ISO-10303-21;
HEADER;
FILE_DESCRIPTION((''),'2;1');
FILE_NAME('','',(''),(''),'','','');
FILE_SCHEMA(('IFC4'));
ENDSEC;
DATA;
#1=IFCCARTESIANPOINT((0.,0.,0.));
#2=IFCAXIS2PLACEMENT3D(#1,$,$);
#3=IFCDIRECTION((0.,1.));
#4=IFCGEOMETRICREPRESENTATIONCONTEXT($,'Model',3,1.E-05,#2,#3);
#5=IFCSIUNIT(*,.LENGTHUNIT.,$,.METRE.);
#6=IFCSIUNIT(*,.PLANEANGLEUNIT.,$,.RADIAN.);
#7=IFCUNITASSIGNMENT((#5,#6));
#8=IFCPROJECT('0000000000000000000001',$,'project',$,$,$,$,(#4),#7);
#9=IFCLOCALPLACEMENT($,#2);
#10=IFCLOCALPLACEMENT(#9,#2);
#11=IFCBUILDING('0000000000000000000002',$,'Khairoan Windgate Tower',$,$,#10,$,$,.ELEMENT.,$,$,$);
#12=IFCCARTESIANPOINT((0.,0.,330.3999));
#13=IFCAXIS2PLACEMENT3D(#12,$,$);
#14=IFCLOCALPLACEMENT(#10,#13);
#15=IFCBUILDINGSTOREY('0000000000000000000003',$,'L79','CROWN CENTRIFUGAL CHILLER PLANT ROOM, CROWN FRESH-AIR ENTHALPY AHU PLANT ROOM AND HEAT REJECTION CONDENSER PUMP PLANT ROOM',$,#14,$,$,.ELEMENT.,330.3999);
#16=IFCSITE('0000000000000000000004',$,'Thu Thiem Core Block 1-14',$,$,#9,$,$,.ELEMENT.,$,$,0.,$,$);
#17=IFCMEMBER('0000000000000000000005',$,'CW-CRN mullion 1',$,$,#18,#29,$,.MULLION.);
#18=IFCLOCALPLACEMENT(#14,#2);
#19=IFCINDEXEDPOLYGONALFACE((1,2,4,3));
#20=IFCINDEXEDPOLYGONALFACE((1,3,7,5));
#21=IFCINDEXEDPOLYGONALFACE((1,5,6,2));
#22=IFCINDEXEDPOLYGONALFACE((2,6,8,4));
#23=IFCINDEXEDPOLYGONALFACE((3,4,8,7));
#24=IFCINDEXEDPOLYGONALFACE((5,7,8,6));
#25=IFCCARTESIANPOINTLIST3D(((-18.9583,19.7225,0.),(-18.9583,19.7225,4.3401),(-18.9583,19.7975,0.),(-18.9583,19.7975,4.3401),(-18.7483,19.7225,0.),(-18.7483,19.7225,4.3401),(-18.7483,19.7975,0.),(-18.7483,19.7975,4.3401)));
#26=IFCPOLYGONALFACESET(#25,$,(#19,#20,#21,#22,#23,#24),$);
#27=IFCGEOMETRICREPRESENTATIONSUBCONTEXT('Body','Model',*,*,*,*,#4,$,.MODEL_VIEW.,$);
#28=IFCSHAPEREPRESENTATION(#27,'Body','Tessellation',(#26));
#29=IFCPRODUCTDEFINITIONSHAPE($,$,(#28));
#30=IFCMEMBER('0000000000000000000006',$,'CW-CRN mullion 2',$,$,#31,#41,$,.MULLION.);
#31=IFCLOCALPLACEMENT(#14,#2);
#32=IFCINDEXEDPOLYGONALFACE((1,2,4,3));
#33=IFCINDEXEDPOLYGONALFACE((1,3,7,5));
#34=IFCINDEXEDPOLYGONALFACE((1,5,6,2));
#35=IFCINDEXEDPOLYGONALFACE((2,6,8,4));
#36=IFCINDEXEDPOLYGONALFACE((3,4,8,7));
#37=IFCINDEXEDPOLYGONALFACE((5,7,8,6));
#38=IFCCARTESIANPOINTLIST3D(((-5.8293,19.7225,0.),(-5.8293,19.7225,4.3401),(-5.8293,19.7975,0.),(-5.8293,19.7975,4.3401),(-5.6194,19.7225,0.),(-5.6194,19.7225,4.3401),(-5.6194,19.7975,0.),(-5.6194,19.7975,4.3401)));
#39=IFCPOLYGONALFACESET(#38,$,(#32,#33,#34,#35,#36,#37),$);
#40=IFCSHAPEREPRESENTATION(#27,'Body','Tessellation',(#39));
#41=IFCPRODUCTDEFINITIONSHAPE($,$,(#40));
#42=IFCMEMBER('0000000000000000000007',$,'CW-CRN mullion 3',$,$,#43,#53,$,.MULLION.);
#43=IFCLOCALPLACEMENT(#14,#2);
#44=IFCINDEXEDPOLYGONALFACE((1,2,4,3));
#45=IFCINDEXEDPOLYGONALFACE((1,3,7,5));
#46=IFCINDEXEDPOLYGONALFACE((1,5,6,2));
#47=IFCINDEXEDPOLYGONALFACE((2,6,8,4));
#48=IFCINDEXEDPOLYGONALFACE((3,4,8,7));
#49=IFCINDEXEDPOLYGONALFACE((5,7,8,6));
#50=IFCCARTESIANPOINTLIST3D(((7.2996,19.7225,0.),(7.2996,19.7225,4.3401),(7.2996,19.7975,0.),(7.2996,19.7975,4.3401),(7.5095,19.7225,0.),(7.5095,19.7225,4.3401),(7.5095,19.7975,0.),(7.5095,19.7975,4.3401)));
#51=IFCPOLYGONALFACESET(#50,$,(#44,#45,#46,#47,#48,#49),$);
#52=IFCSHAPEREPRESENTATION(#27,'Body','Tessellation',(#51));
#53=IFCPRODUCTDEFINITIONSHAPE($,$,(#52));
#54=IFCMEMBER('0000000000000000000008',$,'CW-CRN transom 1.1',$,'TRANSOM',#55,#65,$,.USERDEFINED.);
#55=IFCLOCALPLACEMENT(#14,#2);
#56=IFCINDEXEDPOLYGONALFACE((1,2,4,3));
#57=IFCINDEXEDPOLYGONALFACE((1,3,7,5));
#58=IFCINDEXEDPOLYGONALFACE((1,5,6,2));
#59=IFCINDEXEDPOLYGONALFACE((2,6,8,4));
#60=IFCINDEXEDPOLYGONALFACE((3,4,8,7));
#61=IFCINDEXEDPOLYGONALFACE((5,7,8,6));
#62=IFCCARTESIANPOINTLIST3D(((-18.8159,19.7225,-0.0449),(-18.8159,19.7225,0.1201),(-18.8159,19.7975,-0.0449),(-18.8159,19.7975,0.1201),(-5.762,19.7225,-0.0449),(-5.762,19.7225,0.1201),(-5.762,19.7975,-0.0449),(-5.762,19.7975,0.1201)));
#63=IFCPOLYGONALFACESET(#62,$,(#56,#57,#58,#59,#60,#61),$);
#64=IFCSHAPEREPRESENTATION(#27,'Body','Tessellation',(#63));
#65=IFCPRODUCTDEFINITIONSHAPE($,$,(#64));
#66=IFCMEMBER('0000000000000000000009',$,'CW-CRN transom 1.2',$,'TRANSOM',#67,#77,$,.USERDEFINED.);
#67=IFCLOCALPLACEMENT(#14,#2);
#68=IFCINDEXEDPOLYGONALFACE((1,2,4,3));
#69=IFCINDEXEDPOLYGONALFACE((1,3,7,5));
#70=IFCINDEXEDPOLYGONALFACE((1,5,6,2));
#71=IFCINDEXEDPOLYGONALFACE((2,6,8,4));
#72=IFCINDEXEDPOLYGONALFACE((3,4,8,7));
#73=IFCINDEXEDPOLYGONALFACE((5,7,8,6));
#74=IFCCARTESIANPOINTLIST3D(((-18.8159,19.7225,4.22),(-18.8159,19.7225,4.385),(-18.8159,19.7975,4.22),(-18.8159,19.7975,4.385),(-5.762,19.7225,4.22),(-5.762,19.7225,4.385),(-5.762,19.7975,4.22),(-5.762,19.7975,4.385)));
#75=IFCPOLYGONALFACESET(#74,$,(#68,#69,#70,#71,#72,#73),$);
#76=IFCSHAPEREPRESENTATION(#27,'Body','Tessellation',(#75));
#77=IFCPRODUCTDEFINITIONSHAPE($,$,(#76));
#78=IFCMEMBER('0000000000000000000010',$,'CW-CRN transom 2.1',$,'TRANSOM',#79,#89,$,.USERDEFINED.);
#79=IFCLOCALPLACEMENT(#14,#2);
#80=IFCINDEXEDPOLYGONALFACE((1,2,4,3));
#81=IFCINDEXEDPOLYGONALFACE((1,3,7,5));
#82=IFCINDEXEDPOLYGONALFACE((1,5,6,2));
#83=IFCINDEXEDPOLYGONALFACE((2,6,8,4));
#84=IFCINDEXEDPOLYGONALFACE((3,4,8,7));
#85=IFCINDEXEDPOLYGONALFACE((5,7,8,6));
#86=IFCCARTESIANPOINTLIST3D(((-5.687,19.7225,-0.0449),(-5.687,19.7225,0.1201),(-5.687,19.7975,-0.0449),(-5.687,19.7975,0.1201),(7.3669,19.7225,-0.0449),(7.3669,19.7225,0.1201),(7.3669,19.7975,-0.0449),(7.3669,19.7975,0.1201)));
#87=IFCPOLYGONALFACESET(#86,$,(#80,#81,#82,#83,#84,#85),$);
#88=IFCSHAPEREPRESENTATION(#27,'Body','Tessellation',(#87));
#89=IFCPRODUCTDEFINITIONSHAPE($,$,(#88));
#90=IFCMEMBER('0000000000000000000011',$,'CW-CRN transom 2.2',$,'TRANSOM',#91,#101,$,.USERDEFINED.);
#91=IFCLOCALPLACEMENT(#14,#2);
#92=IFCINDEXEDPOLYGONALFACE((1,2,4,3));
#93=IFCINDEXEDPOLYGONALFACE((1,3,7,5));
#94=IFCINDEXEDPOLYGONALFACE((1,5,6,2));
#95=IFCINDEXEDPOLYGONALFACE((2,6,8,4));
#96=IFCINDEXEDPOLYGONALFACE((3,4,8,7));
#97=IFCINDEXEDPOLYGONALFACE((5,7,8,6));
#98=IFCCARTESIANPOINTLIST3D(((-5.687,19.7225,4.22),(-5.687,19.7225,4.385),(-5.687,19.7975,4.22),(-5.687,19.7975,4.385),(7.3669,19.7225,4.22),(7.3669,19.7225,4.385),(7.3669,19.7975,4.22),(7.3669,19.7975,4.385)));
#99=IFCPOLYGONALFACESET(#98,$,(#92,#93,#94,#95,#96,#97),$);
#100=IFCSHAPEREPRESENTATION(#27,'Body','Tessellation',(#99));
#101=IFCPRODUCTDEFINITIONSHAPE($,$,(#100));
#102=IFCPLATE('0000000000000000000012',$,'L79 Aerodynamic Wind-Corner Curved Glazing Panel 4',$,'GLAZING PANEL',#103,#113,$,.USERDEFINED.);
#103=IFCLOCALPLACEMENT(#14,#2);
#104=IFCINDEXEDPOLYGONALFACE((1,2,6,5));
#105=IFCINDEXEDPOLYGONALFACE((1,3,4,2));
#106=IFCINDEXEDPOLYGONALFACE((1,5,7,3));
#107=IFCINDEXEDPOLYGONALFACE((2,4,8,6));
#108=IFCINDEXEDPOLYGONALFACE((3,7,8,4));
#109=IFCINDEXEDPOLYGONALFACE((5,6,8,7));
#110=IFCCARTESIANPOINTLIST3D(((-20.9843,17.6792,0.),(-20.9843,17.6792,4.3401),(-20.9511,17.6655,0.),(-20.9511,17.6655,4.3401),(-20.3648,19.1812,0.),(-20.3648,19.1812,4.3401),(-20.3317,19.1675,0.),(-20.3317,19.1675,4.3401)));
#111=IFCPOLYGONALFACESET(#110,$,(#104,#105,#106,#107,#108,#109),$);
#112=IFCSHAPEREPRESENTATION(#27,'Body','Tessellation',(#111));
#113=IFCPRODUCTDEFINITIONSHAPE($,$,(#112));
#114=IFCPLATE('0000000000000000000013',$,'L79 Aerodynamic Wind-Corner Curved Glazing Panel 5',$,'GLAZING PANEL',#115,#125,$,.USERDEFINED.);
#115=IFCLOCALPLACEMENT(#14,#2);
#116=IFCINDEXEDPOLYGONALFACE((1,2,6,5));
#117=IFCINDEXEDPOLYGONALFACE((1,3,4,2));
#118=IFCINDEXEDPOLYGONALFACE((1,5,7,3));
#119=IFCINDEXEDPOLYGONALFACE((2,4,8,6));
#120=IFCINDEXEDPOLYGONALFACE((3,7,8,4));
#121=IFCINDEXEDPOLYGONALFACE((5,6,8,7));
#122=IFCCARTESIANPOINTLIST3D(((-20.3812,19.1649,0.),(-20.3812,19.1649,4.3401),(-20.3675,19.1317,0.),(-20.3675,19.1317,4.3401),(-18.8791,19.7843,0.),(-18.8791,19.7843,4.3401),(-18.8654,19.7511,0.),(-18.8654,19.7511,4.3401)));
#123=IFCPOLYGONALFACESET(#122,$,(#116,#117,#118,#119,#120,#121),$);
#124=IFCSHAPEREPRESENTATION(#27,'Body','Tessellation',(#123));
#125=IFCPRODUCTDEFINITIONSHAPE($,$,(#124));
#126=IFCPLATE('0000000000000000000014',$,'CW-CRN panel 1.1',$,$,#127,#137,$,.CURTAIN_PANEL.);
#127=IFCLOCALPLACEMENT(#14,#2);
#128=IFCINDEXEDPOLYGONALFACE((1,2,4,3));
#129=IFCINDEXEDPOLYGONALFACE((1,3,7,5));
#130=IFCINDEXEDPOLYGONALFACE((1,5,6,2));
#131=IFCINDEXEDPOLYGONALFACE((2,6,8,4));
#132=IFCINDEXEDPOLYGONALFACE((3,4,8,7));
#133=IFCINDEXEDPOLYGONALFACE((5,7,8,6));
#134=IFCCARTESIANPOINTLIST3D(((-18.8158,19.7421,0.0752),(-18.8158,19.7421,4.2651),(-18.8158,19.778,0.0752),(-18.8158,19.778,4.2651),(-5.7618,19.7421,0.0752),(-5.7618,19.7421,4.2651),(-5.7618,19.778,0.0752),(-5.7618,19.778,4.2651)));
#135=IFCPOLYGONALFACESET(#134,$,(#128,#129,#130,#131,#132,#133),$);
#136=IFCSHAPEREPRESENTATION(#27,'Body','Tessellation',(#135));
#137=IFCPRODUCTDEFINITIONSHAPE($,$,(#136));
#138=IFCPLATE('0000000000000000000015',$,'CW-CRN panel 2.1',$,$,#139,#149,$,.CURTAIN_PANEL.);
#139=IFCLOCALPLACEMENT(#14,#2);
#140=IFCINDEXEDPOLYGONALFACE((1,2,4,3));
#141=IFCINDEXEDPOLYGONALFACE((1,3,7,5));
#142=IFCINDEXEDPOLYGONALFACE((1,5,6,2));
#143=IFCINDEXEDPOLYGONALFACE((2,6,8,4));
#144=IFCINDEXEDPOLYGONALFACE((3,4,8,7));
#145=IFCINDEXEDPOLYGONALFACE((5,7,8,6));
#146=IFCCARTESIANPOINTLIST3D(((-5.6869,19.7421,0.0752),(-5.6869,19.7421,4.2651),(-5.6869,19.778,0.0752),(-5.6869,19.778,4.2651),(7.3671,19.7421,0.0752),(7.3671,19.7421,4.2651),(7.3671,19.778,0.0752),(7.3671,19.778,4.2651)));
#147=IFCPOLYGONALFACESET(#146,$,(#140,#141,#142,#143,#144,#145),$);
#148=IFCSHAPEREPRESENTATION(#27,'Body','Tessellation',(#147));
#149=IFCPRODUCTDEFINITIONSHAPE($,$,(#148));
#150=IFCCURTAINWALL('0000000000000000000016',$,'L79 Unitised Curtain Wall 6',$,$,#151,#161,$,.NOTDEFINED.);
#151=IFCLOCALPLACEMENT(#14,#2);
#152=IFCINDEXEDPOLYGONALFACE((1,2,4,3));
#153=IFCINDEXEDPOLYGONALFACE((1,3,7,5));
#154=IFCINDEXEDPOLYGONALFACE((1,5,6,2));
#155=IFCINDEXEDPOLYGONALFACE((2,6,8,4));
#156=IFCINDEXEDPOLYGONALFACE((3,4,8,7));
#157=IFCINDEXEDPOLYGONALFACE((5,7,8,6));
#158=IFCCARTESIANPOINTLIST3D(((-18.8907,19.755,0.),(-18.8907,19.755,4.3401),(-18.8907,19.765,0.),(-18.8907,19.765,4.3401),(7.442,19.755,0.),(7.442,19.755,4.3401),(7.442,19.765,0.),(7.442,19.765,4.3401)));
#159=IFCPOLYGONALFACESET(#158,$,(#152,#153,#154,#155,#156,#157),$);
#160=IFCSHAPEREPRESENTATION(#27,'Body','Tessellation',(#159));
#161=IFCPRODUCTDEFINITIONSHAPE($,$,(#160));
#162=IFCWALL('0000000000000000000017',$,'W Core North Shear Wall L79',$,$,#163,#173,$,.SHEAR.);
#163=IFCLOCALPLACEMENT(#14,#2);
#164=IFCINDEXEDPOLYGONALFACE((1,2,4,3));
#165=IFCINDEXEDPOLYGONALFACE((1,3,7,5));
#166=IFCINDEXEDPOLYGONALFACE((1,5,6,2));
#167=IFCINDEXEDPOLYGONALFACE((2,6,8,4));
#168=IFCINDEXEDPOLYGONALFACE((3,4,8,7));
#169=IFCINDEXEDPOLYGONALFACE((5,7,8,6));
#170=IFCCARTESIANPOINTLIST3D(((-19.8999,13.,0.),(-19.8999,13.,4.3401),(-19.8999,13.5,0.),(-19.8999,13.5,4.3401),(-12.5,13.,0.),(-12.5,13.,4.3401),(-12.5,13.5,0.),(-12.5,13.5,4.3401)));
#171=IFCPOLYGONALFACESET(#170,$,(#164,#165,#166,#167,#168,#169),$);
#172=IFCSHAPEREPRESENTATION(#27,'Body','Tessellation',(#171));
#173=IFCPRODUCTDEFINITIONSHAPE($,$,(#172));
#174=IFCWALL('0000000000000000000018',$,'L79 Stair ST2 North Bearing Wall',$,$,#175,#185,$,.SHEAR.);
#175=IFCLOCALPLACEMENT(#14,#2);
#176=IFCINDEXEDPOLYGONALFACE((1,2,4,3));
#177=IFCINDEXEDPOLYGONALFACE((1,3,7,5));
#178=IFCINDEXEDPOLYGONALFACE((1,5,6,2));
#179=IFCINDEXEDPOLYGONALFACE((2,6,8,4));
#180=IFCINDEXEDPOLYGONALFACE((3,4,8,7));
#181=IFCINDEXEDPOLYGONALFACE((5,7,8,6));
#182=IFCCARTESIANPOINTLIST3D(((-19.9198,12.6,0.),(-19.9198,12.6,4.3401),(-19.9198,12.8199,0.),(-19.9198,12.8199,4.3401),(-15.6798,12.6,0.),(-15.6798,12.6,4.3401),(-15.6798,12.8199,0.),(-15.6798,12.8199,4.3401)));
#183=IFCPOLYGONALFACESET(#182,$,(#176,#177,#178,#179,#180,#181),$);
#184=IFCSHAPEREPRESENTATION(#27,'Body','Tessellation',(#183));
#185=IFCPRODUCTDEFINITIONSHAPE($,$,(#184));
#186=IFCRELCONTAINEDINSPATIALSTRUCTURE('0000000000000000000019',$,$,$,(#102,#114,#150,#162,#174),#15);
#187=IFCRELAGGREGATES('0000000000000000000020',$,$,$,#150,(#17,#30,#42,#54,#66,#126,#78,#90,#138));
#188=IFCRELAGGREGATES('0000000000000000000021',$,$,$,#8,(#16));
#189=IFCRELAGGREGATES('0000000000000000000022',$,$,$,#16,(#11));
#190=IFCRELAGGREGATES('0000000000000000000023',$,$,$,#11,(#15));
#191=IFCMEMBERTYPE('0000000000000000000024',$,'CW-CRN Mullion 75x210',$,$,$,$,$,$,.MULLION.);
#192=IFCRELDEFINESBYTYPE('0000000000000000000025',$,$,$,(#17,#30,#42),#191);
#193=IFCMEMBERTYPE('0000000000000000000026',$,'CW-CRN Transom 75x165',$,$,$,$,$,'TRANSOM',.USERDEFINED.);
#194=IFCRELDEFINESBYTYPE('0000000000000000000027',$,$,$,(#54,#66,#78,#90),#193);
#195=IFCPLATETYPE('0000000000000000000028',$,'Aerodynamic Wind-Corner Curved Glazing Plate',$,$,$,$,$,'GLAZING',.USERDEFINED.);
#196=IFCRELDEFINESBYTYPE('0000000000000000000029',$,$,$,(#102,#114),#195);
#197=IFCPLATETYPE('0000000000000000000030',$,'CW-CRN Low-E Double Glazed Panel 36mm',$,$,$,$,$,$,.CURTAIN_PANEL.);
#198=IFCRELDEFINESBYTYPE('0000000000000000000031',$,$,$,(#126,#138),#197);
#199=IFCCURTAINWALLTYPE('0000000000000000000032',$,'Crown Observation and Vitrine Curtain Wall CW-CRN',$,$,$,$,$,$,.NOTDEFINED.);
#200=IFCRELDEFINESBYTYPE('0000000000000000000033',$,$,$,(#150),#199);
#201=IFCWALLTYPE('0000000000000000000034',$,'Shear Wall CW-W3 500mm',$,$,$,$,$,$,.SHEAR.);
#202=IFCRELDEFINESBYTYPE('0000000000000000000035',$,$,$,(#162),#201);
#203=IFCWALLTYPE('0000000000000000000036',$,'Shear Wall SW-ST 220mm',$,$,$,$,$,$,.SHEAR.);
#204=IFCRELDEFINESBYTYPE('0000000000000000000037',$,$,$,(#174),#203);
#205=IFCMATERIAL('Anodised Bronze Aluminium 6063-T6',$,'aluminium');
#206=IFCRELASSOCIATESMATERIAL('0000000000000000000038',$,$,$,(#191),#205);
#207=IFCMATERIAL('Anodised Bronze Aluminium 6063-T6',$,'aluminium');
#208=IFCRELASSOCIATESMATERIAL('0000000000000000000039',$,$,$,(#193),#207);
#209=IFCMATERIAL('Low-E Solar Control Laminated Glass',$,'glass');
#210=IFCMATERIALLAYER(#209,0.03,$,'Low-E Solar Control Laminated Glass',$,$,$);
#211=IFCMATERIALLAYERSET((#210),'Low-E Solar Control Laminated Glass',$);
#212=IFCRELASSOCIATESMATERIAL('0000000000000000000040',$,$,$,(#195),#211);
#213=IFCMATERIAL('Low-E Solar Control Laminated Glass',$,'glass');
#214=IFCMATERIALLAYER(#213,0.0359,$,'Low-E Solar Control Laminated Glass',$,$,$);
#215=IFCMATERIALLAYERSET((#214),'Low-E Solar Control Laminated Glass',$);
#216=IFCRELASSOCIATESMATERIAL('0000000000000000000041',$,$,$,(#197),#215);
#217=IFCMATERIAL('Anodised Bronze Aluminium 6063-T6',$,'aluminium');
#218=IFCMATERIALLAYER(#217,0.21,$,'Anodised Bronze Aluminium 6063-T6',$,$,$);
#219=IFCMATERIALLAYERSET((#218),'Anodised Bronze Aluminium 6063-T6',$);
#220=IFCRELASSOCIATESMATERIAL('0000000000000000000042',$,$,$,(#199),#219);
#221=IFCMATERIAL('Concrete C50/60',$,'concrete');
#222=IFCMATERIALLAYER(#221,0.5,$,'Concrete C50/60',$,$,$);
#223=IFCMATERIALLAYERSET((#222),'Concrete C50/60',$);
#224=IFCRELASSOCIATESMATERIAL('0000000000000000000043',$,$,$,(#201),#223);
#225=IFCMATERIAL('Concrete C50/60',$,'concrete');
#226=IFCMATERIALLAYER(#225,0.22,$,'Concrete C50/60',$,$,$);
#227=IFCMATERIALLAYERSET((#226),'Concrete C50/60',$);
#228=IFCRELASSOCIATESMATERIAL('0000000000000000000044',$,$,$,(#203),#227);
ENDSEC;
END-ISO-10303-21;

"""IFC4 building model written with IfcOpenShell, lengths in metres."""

from ifc_helpers import new_model, si_unit, direction, frame, frame_2d, origin, origin_2d, place, context, subcontext, project, spatial, rectangle, extrude, material, layer, layer_set, material_profile, profile_set, type_object, element, aggregate, save


model = new_model("IFC4")

# Units and contexts
model_context = context("Model", 3, precision=1e-05, world=origin(), true_north=direction((0.0, 1.0)))
body_context = subcontext(model_context, "Body", "Model", "MODEL_VIEW")
ifc_project = project(units=[si_unit("LENGTHUNIT", "METRE"), si_unit("PLANEANGLEUNIT", "RADIAN")], contexts=[model_context])

# Site, building, storey
site_placement = place(None, origin())
site = spatial("IfcSite", under=ifc_project, at=site_placement, Name="Thu Thiem Core Block 1-14", CompositionType="ELEMENT", RefElevation=0.0)
building_placement = place(site_placement, origin())
building = spatial("IfcBuilding", under=site, at=building_placement, Name="Khairoan Windgate Tower", CompositionType="ELEMENT")
storey_placement = place(building_placement, frame((0.0, 0.0, 330.3999)))
storey = spatial("IfcBuildingStorey", under=building, at=storey_placement, Name="L79", Description="CROWN CENTRIFUGAL CHILLER PLANT ROOM, CROWN FRESH-AIR ENTHALPY AHU PLANT ROOM AND HEAT REJECTION CONDENSER PUMP PLANT ROOM", CompositionType="ELEMENT", Elevation=330.3999)

# Members
ifc_material_1 = material(Name="Anodised Bronze Aluminium 6063-T6", Category="aluminium")
ifc_material_profile_1 = material_profile(ifc_material_1, rectangle(XDim=0.075, YDim=0.21, at=origin_2d()))
ifc_profile_set_1 = profile_set([ifc_material_profile_1], Name="Anodised Bronze Aluminium 6063-T6")
member_type_1 = type_object("IfcMemberType", Name="CW-CRN Mullion 75x210", PredefinedType="MULLION", material=ifc_profile_set_1)
member_1_placement = place(storey_placement, frame((-18.8533, 19.76, 0.0), z_axis=(0.0, 0.0, 1.0), x_axis=(0.0, 1.0, 0.0)))
member_1 = element("IfcMember", 1, at=member_1_placement, type_object=member_type_1, Name="CW-CRN mullion 1", PredefinedType="MULLION", context=body_context, shape_type="SweptSolid", body=[
    extrude(rectangle(XDim=0.075, YDim=0.21, at=origin_2d()), origin(), (0.0, 0.0, 1.0), 4.3401),
])
member_2_placement = place(storey_placement, frame((-5.7244, 19.76, 0.0), z_axis=(0.0, 0.0, 1.0), x_axis=(0.0, 1.0, 0.0)))
member_2 = element("IfcMember", 2, at=member_2_placement, type_object=member_type_1, Name="CW-CRN mullion 2", PredefinedType="MULLION", context=body_context, shape_type="SweptSolid", body=[
    extrude(rectangle(XDim=0.075, YDim=0.21, at=origin_2d()), origin(), (0.0, 0.0, 1.0), 4.3401),
])
member_3_placement = place(storey_placement, frame((7.4045, 19.76, 0.0), z_axis=(0.0, 0.0, 1.0), x_axis=(0.0, 1.0, 0.0)))
member_3 = element("IfcMember", 3, at=member_3_placement, type_object=member_type_1, Name="CW-CRN mullion 3", PredefinedType="MULLION", context=body_context, shape_type="SweptSolid", body=[
    extrude(rectangle(XDim=0.075, YDim=0.21, at=origin_2d()), origin(), (0.0, 0.0, 1.0), 4.3401),
])
ifc_material_2 = material(Name="Anodised Bronze Aluminium 6063-T6", Category="aluminium")
ifc_material_profile_2 = material_profile(ifc_material_2, rectangle(XDim=0.075, YDim=0.165, at=origin_2d()))
ifc_profile_set_2 = profile_set([ifc_material_profile_2], Name="Anodised Bronze Aluminium 6063-T6")
member_type_2 = type_object("IfcMemberType", Name="CW-CRN Transom 75x165", ElementType="TRANSOM", PredefinedType="USERDEFINED", material=ifc_profile_set_2)
member_4_placement = place(storey_placement, frame((-18.8159, 19.76, 0.0376), z_axis=(1.0, 0.0, 0.0), x_axis=(0.0, 1.0, 0.0)))
member_4 = element("IfcMember", 4, at=member_4_placement, type_object=member_type_2, Name="CW-CRN transom 1.1", ObjectType="TRANSOM", PredefinedType="USERDEFINED", context=body_context, shape_type="SweptSolid", body=[
    extrude(rectangle(XDim=0.075, YDim=0.165, at=origin_2d()), origin(), (0.0, 0.0, 1.0), 13.054),
])
member_5_placement = place(storey_placement, frame((-18.8159, 19.76, 4.3025), z_axis=(1.0, 0.0, 0.0), x_axis=(0.0, 1.0, 0.0)))
member_5 = element("IfcMember", 5, at=member_5_placement, type_object=member_type_2, Name="CW-CRN transom 1.2", ObjectType="TRANSOM", PredefinedType="USERDEFINED", context=body_context, shape_type="SweptSolid", body=[
    extrude(rectangle(XDim=0.075, YDim=0.165, at=origin_2d()), origin(), (0.0, 0.0, 1.0), 13.054),
])
member_6_placement = place(storey_placement, frame((-5.687, 19.76, 0.0376), z_axis=(1.0, 0.0, 0.0), x_axis=(0.0, 1.0, 0.0)))
member_6 = element("IfcMember", 6, at=member_6_placement, type_object=member_type_2, Name="CW-CRN transom 2.1", ObjectType="TRANSOM", PredefinedType="USERDEFINED", context=body_context, shape_type="SweptSolid", body=[
    extrude(rectangle(XDim=0.075, YDim=0.165, at=origin_2d()), origin(), (0.0, 0.0, 1.0), 13.054),
])
member_7_placement = place(storey_placement, frame((-5.687, 19.76, 4.3025), z_axis=(1.0, 0.0, 0.0), x_axis=(0.0, 1.0, 0.0)))
member_7 = element("IfcMember", 7, at=member_7_placement, type_object=member_type_2, Name="CW-CRN transom 2.2", ObjectType="TRANSOM", PredefinedType="USERDEFINED", context=body_context, shape_type="SweptSolid", body=[
    extrude(rectangle(XDim=0.075, YDim=0.165, at=origin_2d()), origin(), (0.0, 0.0, 1.0), 13.054),
])

# Plates
ifc_material_3 = material(Name="Low-E Solar Control Laminated Glass", Category="glass")
ifc_layer_1 = layer(ifc_material_3, 0.03, Name="Low-E Solar Control Laminated Glass")
ifc_layer_set_1 = layer_set([ifc_layer_1], Name="Low-E Solar Control Laminated Glass")
plate_type_1 = type_object("IfcPlateType", Name="Aerodynamic Wind-Corner Curved Glazing Plate", ElementType="GLAZING", PredefinedType="USERDEFINED", material=ifc_layer_set_1)
for number, where, z_axis, x_axis, name in (
    (8, (-20.658, 18.4233, 0.0), (0.0, 0.0, 1.0), (0.381232, 0.92448, 0.0), "L79 Aerodynamic Wind-Corner Curved Glazing Panel 4"),
    (9, (-19.6233, 19.458, 0.0), (0.0, 0.0, 1.0), (0.92448, 0.381232, 0.0), "L79 Aerodynamic Wind-Corner Curved Glazing Panel 5"),
):
    element("IfcPlate", number, at=place(storey_placement, frame(where, z_axis=z_axis, x_axis=x_axis)), inside=storey, type_object=plate_type_1, Name=name, ObjectType="GLAZING PANEL", PredefinedType="USERDEFINED", context=body_context, shape_type="SweptSolid", body=[
        extrude(rectangle(XDim=1.6248, YDim=0.0359, at=origin_2d()), origin(), (0.0, 0.0, 1.0), 4.3401),
    ])

# Plates
ifc_material_4 = material(Name="Low-E Solar Control Laminated Glass", Category="glass")
ifc_layer_2 = layer(ifc_material_4, 0.0359, Name="Low-E Solar Control Laminated Glass")
ifc_layer_set_2 = layer_set([ifc_layer_2], Name="Low-E Solar Control Laminated Glass")
plate_type_2 = type_object("IfcPlateType", Name="CW-CRN Low-E Double Glazed Panel 36mm", PredefinedType="CURTAIN_PANEL", material=ifc_layer_set_2)
plate_1_placement = place(storey_placement, frame((-12.2888, 19.76, 0.0752), z_axis=(0.0, 0.0, 1.0), x_axis=(1.0, 0.0, 0.0)))
plate_1 = element("IfcPlate", 10, at=plate_1_placement, type_object=plate_type_2, Name="CW-CRN panel 1.1", PredefinedType="CURTAIN_PANEL", context=body_context, shape_type="SweptSolid", body=[
    extrude(rectangle(XDim=13.054, YDim=0.0359, at=origin_2d()), origin(), (0.0, 0.0, 1.0), 4.1899),
])
plate_2_placement = place(storey_placement, frame((0.8401, 19.76, 0.0752), z_axis=(0.0, 0.0, 1.0), x_axis=(1.0, 0.0, 0.0)))
plate_2 = element("IfcPlate", 11, at=plate_2_placement, type_object=plate_type_2, Name="CW-CRN panel 2.1", PredefinedType="CURTAIN_PANEL", context=body_context, shape_type="SweptSolid", body=[
    extrude(rectangle(XDim=13.054, YDim=0.0359, at=origin_2d()), origin(), (0.0, 0.0, 1.0), 4.1899),
])

# Curtain wall
ifc_material_5 = material(Name="Anodised Bronze Aluminium 6063-T6", Category="aluminium")
ifc_layer_3 = layer(ifc_material_5, 0.21, Name="Anodised Bronze Aluminium 6063-T6")
ifc_layer_set_3 = layer_set([ifc_layer_3], Name="Anodised Bronze Aluminium 6063-T6")
curtain_wall_type = type_object("IfcCurtainWallType", Name="Crown Observation and Vitrine Curtain Wall CW-CRN", PredefinedType="NOTDEFINED", material=ifc_layer_set_3)
curtain_wall_placement = place(storey_placement, frame((-18.8909, 19.76, 0.0), z_axis=(0.0, 0.0, 1.0), x_axis=(1.0, 0.0, 0.0)))
curtain_wall = element("IfcCurtainWall", 12, at=curtain_wall_placement, inside=storey, type_object=curtain_wall_type, Name="L79 Unitised Curtain Wall 6", PredefinedType="NOTDEFINED", context=body_context, shape_type="SweptSolid", body=[
    extrude(rectangle(XDim=26.3328, YDim=0.01, at=frame_2d((13.1665, 0.0))), origin(), (0.0, 0.0, 1.0), 4.3401),
])
aggregate(curtain_wall, [member_1, member_2, member_3, member_4, member_5, plate_1, member_6, member_7, plate_2])

# Walls
ifc_material_6 = material(Name="Concrete C50/60", Category="concrete")
ifc_layer_4 = layer(ifc_material_6, 0.5, Name="Concrete C50/60")
ifc_layer_set_4 = layer_set([ifc_layer_4], Name="Concrete C50/60")
wall_type_1 = type_object("IfcWallType", Name="Shear Wall CW-W3 500mm", PredefinedType="SHEAR", material=ifc_layer_set_4)
wall_1_placement = place(storey_placement, frame((-19.8999, 13.25, 0.0), z_axis=(0.0, 0.0, 1.0), x_axis=(1.0, 0.0, 0.0)))
element("IfcWall", 13, at=wall_1_placement, inside=storey, type_object=wall_type_1, Name="W Core North Shear Wall L79", PredefinedType="SHEAR", context=body_context, shape_type="SweptSolid", body=[
    extrude(rectangle(XDim=7.3999, YDim=0.5, at=frame_2d((3.7, 0.0))), origin(), (0.0, 0.0, 1.0), 4.3401),
])
ifc_material_7 = material(Name="Concrete C50/60", Category="concrete")
ifc_layer_5 = layer(ifc_material_7, 0.22, Name="Concrete C50/60")
ifc_layer_set_5 = layer_set([ifc_layer_5], Name="Concrete C50/60")
wall_type_2 = type_object("IfcWallType", Name="Shear Wall SW-ST 220mm", PredefinedType="SHEAR", material=ifc_layer_set_5)
wall_2_placement = place(storey_placement, frame((-19.9199, 12.71, 0.0), z_axis=(0.0, 0.0, 1.0), x_axis=(1.0, 0.0, 0.0)))
element("IfcWall", 14, at=wall_2_placement, inside=storey, type_object=wall_type_2, Name="L79 Stair ST2 North Bearing Wall", PredefinedType="SHEAR", context=body_context, shape_type="SweptSolid", body=[
    extrude(rectangle(XDim=4.24, YDim=0.22, at=frame_2d((2.1201, 0.0))), origin(), (0.0, 0.0, 1.0), 4.3401),
])

save(model, "model.ifc")
